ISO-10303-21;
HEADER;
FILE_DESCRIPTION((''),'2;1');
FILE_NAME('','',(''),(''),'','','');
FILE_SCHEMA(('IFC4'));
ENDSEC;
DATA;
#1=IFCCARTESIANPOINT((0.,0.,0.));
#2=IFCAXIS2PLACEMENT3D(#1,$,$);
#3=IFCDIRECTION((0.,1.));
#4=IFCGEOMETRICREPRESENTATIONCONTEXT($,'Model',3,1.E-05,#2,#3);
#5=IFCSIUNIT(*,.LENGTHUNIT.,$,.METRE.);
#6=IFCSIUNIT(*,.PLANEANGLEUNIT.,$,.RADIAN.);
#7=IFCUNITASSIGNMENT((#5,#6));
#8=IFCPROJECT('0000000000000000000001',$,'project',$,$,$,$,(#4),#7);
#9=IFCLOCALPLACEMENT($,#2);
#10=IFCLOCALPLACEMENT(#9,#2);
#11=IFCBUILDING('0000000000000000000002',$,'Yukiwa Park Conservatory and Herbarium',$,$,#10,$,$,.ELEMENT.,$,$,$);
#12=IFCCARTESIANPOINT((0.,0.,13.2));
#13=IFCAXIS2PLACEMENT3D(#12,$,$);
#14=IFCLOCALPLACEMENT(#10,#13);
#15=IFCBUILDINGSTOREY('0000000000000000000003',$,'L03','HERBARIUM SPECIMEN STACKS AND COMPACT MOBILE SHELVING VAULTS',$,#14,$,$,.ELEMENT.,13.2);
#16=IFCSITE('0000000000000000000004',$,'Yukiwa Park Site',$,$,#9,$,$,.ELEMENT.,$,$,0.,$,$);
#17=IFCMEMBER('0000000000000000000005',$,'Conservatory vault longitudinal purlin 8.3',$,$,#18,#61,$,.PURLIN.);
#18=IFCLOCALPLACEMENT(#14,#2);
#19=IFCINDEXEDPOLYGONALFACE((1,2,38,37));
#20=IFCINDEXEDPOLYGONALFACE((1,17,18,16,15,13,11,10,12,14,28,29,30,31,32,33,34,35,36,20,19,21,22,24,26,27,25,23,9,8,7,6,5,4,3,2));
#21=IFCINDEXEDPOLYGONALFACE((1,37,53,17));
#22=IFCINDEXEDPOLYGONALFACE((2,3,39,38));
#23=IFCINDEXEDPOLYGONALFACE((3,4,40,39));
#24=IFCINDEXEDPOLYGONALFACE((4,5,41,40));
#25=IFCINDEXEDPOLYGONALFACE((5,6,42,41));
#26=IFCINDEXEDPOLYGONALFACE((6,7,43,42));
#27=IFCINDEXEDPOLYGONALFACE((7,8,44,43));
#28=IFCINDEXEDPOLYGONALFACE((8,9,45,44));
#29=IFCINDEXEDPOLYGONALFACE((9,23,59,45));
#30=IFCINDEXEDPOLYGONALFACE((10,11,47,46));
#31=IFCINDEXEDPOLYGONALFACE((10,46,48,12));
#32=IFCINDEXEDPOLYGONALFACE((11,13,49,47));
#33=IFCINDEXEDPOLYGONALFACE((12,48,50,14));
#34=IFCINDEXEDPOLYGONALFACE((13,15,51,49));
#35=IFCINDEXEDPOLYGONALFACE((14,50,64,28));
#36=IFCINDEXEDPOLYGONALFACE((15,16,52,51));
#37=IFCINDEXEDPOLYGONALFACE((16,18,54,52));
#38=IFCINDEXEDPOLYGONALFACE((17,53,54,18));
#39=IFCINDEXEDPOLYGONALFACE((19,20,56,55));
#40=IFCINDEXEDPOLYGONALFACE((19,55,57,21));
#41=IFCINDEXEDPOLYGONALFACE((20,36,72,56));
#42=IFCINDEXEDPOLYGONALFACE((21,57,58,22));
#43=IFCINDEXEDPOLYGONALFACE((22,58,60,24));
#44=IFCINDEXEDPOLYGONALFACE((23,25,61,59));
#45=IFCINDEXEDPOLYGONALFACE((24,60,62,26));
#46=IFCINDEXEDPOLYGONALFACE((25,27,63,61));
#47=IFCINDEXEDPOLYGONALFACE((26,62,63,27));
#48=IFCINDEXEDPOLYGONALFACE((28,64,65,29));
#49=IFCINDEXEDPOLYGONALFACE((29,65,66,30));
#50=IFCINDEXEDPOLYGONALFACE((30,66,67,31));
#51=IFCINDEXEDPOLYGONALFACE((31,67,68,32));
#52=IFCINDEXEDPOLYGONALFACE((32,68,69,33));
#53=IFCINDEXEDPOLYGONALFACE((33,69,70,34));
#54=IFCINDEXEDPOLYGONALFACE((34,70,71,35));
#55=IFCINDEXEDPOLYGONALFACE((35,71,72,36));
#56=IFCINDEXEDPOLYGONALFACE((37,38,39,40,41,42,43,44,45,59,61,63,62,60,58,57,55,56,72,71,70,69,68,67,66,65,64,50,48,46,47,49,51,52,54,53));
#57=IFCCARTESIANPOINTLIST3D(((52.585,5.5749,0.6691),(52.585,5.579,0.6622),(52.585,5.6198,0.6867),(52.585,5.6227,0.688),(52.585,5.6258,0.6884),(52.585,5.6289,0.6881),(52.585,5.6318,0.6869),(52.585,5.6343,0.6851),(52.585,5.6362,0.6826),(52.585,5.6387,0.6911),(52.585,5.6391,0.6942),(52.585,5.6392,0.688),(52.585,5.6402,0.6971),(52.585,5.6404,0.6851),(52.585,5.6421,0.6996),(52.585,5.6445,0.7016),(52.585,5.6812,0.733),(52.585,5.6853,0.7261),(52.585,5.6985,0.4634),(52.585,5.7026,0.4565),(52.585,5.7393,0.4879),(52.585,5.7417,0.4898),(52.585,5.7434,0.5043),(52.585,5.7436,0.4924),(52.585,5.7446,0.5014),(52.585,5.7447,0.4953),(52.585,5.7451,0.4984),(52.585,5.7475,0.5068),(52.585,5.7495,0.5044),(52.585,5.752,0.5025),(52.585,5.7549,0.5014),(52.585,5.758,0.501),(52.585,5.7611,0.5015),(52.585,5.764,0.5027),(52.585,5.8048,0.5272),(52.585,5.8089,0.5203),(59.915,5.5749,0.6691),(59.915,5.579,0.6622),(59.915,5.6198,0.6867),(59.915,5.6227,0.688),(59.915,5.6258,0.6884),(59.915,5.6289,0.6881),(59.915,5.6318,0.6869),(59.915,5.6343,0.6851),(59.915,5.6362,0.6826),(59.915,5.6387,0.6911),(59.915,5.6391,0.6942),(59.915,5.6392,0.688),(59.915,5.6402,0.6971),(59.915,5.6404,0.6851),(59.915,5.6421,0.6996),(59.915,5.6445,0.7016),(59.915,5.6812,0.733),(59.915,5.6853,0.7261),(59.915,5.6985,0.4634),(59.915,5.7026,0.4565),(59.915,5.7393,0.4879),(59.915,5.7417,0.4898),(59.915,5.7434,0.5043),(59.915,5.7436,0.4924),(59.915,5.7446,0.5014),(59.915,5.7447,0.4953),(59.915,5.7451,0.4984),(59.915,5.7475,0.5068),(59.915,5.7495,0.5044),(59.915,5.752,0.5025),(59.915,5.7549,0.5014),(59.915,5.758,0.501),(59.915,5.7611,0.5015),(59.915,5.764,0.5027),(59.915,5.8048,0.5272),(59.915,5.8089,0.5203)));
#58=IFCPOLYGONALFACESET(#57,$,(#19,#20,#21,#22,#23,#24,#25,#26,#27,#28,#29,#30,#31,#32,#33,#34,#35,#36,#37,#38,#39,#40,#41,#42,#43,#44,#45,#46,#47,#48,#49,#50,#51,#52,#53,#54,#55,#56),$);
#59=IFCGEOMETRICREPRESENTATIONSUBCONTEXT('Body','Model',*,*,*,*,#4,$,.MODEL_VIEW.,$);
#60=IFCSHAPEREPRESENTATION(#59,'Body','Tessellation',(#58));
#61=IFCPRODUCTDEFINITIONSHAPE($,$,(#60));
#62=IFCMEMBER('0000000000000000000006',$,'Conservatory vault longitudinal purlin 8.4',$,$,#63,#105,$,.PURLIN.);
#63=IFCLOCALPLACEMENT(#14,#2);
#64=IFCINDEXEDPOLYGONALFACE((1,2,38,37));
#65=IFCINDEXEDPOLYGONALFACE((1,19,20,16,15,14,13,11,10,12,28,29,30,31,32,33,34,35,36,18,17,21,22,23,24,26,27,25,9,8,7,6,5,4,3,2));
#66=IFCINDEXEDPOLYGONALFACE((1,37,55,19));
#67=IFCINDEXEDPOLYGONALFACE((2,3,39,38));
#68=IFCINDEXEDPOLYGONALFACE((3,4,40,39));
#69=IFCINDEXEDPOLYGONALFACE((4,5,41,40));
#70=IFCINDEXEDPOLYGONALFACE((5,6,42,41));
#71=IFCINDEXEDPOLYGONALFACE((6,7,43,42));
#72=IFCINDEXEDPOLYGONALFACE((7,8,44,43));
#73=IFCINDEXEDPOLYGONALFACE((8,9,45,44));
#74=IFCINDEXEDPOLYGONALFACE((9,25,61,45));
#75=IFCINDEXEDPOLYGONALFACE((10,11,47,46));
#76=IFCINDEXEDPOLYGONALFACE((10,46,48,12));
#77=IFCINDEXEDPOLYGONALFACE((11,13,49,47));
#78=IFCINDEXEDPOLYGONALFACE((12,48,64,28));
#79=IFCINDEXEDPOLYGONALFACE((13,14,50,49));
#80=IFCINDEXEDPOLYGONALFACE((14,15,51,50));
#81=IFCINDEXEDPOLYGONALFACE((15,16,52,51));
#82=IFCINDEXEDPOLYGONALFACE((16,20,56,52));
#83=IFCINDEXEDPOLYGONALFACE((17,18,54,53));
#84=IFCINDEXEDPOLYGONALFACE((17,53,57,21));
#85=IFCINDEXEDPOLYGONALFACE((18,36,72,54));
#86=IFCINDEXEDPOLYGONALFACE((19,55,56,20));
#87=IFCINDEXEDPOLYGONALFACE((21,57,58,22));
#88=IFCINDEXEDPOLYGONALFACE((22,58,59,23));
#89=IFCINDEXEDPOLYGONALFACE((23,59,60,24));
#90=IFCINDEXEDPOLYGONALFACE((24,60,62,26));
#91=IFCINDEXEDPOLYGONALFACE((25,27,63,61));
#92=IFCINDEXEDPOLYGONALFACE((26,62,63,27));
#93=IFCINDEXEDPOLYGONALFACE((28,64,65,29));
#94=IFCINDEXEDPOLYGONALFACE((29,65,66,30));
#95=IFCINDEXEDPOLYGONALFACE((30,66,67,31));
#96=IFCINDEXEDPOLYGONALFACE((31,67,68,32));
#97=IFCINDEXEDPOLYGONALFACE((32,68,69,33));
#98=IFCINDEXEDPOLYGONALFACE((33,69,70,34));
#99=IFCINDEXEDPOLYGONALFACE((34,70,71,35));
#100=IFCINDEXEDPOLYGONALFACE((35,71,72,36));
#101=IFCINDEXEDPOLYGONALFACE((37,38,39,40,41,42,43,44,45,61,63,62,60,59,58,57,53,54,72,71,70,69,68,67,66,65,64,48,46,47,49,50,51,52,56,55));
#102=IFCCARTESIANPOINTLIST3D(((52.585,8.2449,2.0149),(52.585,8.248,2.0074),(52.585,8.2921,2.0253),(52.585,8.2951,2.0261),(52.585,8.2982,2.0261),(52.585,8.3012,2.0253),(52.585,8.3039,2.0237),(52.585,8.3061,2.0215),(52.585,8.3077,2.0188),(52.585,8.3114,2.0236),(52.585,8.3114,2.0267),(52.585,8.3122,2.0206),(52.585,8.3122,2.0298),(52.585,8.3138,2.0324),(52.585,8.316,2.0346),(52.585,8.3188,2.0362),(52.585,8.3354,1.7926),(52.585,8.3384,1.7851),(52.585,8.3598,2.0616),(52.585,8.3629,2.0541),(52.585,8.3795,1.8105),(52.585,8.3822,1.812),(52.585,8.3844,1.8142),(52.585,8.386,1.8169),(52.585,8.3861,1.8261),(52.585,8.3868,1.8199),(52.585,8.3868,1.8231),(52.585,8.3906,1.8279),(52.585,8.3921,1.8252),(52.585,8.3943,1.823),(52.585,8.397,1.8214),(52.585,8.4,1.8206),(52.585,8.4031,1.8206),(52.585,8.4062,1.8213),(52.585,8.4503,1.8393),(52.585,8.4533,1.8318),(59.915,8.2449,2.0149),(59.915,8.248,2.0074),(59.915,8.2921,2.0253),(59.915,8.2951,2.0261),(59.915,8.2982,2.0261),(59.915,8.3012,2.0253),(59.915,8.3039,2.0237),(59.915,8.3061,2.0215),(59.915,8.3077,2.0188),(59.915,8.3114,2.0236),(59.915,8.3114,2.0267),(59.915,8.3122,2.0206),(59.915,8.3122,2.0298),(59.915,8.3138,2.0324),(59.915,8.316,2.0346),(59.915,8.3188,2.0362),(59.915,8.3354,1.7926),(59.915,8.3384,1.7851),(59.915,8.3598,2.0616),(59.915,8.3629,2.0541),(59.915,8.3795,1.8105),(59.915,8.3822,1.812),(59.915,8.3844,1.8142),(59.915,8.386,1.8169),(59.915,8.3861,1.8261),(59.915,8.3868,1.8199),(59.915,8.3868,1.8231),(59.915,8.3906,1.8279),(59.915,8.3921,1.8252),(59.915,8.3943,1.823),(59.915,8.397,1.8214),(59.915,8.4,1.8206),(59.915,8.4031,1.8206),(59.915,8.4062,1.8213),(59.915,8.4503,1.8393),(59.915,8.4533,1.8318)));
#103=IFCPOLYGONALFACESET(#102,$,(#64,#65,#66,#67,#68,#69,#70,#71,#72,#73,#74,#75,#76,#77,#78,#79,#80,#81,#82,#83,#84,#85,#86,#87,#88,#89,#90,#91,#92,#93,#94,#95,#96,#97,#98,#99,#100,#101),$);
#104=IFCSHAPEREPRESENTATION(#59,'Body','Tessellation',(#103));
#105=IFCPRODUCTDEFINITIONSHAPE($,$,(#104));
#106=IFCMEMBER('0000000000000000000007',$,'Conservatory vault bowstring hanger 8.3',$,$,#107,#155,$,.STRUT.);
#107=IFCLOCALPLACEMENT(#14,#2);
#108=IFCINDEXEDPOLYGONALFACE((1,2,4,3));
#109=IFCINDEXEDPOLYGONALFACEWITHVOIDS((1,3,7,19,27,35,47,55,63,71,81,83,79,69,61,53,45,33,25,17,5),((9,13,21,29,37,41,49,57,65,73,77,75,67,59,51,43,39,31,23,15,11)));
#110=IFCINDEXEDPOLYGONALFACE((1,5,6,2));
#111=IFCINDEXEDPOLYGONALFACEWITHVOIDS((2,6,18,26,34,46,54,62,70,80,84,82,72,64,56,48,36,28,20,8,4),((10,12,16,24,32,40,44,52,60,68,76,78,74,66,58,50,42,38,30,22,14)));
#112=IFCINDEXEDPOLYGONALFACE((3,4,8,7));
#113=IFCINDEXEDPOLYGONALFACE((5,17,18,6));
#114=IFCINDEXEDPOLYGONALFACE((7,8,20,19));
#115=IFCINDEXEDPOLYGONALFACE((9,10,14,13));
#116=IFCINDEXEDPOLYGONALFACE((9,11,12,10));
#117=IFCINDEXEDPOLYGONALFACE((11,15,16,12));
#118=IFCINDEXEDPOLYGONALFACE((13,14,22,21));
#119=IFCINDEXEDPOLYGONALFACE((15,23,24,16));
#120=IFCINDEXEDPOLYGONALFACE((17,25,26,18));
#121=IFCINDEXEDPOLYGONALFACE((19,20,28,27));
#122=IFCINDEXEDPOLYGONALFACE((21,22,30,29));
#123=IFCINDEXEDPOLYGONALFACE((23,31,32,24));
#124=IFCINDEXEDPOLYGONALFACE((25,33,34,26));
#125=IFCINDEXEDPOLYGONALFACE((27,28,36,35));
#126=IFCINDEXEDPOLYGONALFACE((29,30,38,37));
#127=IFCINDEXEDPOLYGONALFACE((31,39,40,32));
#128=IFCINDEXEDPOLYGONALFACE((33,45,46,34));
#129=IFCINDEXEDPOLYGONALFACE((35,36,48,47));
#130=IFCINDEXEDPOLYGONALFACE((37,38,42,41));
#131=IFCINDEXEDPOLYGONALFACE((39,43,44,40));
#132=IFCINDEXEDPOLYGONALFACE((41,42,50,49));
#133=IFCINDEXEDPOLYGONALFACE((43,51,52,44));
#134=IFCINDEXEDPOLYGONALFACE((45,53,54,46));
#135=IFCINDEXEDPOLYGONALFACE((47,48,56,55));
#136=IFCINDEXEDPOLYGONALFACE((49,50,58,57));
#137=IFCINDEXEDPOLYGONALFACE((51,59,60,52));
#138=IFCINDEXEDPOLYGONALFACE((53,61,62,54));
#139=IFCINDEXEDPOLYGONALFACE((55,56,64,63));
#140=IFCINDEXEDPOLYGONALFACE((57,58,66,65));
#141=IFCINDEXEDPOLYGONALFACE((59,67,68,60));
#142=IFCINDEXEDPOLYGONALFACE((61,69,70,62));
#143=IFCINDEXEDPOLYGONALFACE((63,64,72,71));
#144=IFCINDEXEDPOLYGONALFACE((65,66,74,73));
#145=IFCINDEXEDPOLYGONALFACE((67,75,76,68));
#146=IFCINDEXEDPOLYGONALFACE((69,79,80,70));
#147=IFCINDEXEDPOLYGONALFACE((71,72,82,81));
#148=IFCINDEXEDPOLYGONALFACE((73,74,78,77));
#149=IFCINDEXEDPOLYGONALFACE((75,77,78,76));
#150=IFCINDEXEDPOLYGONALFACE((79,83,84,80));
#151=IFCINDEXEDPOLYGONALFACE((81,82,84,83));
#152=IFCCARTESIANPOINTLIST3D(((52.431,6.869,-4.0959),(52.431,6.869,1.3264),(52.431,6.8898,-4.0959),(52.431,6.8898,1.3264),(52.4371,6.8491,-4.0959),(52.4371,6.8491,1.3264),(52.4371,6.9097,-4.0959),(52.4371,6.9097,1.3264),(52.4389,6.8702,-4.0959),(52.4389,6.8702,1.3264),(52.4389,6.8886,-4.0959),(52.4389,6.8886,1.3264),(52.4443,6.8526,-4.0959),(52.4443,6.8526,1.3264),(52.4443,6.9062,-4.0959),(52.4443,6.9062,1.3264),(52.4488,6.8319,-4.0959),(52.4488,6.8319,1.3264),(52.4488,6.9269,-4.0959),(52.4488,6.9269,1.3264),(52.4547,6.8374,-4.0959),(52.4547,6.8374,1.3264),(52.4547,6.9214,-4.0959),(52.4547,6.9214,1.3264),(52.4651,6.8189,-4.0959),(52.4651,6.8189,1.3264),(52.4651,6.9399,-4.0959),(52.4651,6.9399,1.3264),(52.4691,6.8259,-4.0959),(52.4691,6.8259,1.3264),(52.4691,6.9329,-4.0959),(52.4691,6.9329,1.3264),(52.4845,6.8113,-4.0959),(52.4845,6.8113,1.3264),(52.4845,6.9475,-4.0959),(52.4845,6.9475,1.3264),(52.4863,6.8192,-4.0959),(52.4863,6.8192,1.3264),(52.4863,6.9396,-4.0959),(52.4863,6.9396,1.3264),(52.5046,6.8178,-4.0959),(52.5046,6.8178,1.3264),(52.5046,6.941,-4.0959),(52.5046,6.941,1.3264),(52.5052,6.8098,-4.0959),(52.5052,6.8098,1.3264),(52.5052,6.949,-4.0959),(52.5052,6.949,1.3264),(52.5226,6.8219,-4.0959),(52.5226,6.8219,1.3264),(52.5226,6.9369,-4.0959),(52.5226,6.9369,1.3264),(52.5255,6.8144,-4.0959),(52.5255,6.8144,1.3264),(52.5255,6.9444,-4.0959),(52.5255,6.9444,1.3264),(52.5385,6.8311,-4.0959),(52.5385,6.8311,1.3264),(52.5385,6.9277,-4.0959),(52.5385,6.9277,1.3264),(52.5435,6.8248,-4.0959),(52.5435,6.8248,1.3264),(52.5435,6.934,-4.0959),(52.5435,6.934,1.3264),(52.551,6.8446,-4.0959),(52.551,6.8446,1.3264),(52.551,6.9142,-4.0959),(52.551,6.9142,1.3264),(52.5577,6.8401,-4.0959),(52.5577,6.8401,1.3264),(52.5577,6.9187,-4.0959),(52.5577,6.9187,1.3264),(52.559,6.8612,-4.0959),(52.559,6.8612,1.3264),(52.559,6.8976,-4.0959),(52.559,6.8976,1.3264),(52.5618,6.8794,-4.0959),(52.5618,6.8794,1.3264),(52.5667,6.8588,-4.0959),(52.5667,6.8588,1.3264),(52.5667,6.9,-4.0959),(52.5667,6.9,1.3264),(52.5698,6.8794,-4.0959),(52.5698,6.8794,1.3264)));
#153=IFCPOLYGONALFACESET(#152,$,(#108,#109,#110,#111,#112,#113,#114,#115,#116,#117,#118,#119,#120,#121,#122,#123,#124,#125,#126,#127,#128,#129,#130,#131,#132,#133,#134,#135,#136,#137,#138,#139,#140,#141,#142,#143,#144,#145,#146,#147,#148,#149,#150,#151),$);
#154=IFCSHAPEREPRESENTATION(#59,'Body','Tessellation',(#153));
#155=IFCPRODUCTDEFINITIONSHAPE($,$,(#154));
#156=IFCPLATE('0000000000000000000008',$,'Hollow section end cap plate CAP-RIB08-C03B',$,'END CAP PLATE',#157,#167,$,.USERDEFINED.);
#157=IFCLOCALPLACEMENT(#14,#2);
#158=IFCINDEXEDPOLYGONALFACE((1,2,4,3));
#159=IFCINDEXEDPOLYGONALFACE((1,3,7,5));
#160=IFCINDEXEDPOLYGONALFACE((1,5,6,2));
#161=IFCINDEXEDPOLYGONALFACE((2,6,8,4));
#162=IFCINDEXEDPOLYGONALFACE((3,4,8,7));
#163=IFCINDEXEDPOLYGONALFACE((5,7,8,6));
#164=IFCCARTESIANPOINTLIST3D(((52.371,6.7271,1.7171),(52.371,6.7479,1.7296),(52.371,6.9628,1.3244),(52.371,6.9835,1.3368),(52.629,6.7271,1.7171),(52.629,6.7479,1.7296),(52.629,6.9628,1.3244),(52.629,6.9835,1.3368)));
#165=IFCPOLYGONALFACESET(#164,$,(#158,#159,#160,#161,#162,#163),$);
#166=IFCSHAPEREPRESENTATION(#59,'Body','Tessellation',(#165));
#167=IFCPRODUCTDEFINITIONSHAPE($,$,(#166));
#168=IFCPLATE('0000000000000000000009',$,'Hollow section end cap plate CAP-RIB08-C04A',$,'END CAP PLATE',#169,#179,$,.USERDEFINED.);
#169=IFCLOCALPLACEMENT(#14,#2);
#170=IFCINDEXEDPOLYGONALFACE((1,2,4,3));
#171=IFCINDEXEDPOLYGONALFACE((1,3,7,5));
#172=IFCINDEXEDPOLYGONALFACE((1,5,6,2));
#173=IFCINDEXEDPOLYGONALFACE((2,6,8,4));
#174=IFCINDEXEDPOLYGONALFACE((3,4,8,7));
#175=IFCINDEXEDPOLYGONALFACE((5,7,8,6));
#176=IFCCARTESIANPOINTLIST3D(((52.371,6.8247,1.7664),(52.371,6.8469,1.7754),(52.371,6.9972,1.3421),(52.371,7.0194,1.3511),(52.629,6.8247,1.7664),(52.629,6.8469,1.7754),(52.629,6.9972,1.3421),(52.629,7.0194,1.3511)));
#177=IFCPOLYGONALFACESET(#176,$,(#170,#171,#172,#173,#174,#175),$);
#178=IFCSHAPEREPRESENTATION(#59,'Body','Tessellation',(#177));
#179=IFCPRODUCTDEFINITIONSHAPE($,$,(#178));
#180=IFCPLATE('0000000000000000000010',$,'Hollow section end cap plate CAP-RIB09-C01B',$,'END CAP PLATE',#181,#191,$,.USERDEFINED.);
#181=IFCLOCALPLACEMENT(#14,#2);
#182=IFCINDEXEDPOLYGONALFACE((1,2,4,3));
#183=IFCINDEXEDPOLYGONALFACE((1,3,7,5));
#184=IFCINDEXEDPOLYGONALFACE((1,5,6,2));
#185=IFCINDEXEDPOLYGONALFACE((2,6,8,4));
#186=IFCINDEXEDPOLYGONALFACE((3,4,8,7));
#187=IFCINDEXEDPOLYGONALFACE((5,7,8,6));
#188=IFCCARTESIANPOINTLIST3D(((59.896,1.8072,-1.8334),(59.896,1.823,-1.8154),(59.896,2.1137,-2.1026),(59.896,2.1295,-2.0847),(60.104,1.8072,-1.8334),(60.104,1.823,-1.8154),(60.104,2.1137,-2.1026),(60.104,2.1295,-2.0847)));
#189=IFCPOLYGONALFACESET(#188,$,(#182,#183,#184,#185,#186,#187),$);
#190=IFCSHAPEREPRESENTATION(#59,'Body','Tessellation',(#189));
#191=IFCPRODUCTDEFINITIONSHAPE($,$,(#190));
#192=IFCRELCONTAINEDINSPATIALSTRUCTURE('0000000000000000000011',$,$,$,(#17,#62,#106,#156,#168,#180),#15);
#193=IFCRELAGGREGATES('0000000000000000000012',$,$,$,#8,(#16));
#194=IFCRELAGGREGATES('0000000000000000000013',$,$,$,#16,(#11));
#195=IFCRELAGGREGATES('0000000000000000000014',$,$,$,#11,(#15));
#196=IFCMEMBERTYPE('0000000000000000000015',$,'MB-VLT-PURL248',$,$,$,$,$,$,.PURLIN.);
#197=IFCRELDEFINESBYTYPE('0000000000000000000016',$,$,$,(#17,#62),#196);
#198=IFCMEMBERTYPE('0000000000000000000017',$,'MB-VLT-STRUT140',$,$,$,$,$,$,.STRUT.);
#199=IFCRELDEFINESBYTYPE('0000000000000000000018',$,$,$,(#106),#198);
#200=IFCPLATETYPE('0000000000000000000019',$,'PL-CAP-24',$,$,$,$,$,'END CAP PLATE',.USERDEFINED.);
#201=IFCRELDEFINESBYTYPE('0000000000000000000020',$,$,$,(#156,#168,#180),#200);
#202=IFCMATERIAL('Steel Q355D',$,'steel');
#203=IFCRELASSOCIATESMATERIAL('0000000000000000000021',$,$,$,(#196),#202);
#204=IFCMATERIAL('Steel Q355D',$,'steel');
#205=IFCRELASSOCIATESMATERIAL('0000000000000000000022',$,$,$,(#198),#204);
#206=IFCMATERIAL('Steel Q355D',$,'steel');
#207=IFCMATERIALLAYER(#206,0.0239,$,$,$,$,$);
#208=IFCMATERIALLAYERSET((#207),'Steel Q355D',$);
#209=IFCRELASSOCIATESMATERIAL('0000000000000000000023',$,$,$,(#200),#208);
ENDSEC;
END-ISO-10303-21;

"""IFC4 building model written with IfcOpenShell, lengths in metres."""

from ifc_helpers import new_model, si_unit, direction, frame, origin, origin_2d, place, context, subcontext, project, spatial, rectangle, hollow_circle, i_section, extrude, material, layer, layer_set, material_profile, profile_set, type_object, element, save


model = new_model("IFC4")

# Units and contexts
model_context = context("Model", 3, precision=1e-05, world=origin(), true_north=direction((0.0, 1.0)))
body_context = subcontext(model_context, "Body", "Model", "MODEL_VIEW")
ifc_project = project(units=[si_unit("LENGTHUNIT", "METRE"), si_unit("PLANEANGLEUNIT", "RADIAN")], contexts=[model_context])

# Site, building, storey
site_placement = place(None, origin())
site = spatial("IfcSite", under=ifc_project, at=site_placement, Name="Yukiwa Park Site", CompositionType="ELEMENT", RefElevation=0.0)
building_placement = place(site_placement, origin())
building = spatial("IfcBuilding", under=site, at=building_placement, Name="Yukiwa Park Conservatory and Herbarium", CompositionType="ELEMENT")
storey_placement = place(building_placement, frame((0.0, 0.0, 13.2)))
storey = spatial("IfcBuildingStorey", under=building, at=storey_placement, Name="L03", Description="HERBARIUM SPECIMEN STACKS AND COMPACT MOBILE SHELVING VAULTS", CompositionType="ELEMENT", Elevation=13.2)

# Members
ifc_material_1 = material(Name="Steel Q355D", Category="steel")
ifc_material_profile_1 = material_profile(ifc_material_1, i_section(OverallWidth=0.124, OverallDepth=0.248, WebThickness=0.0049, FlangeThickness=0.0081, FilletRadius=0.012, at=origin_2d()), Name="HN 248x124x5x8")
ifc_profile_set_1 = profile_set([ifc_material_profile_1], Name="Steel Q355D")
member_type_1 = type_object("IfcMemberType", Name="MB-VLT-PURL248", PredefinedType="PURLIN", material=ifc_profile_set_1)
for number, where, z_axis, x_axis, name in (
    (1, (52.585, 5.6919, 0.5947), (1.0, 0.0, 0.0), (0.0, 0.857234, 0.514927), "Conservatory vault longitudinal purlin 8.3"),
    (2, (52.585, 8.3491, 1.9233), (1.0, 0.0, 0.0), (0.0, 0.926282, 0.376831), "Conservatory vault longitudinal purlin 8.4"),
):
    element("IfcMember", number, at=place(storey_placement, frame(where, z_axis=z_axis, x_axis=x_axis)), inside=storey, type_object=member_type_1, Name=name, PredefinedType="PURLIN", context=body_context, shape_type="SweptSolid", body=[
        extrude(i_section(OverallWidth=0.124, OverallDepth=0.248, WebThickness=0.0049, FlangeThickness=0.0081, FilletRadius=0.012, at=origin_2d()), origin(), (0.0, 0.0, 1.0), 7.3301),
    ])
ifc_material_2 = material(Name="Steel Q355D", Category="steel")
ifc_material_profile_2 = material_profile(ifc_material_2, hollow_circle(Radius=0.0698, WallThickness=0.0081, at=origin_2d()), Name="CHS 139.7x8")
ifc_profile_set_2 = profile_set([ifc_material_profile_2], Name="Steel Q355D")
member_type_2 = type_object("IfcMemberType", Name="MB-VLT-STRUT140", PredefinedType="STRUT", material=ifc_profile_set_2)
member_placement = place(storey_placement, frame((52.5, 6.8794, -4.0959), z_axis=(0.0, 0.0, 1.0), x_axis=(1.0, 0.0, 0.0)))
element("IfcMember", 3, at=member_placement, inside=storey, type_object=member_type_2, Name="Conservatory vault bowstring hanger 8.3", PredefinedType="STRUT", context=body_context, shape_type="SweptSolid", body=[
    extrude(hollow_circle(Radius=0.0698, WallThickness=0.0081, at=origin_2d()), origin(), (0.0, 0.0, 1.0), 5.4224),
])

# Plates
ifc_material_3 = material(Name="Steel Q355D", Category="steel")
ifc_layer_1 = layer(ifc_material_3, 0.0239)
ifc_layer_set_1 = layer_set([ifc_layer_1], Name="Steel Q355D")
plate_type_1 = type_object("IfcPlateType", Name="PL-CAP-24", ElementType="END CAP PLATE", PredefinedType="USERDEFINED", material=ifc_layer_set_1)
plate_1_placement = place(storey_placement, frame((52.5, 6.845, 1.5208), z_axis=(0.0, 0.857493, 0.514496), x_axis=(-1.0, 0.0, 0.0)))
element("IfcPlate", 4, at=plate_1_placement, inside=storey, type_object=plate_type_1, Name="Hollow section end cap plate CAP-RIB08-C03B", ObjectType="END CAP PLATE", PredefinedType="USERDEFINED", context=body_context, shape_type="SweptSolid", body=[
    extrude(rectangle(XDim=0.2581, YDim=0.458, at=origin_2d()), origin(), (0.0, 0.0, 1.0), 0.0242),
])
plate_2_placement = place(storey_placement, frame((52.5, 6.9331, 1.5632), z_axis=(0.0, -0.926356, -0.37665), x_axis=(1.0, 0.0, 0.0)))
element("IfcPlate", 5, at=plate_2_placement, inside=storey, type_object=plate_type_1, Name="Hollow section end cap plate CAP-RIB08-C04A", ObjectType="END CAP PLATE", PredefinedType="USERDEFINED", context=body_context, shape_type="SweptSolid", body=[
    extrude(rectangle(XDim=0.2581, YDim=0.458, at=origin_2d()), origin(), (0.0, 0.0, 1.0), 0.0239),
])
for number, where, z_axis, x_axis, name in (
    (6, (60.0, 1.9604, -1.968), (0.0, 0.659941, 0.751317), (-1.0, 0.0, 0.0), "Hollow section end cap plate CAP-RIB09-C01B"),
):
    element("IfcPlate", number, at=place(storey_placement, frame(where, z_axis=z_axis, x_axis=x_axis)), inside=storey, type_object=plate_type_1, Name=name, ObjectType="END CAP PLATE", PredefinedType="USERDEFINED", context=body_context, shape_type="SweptSolid", body=[
        extrude(rectangle(XDim=0.208, YDim=0.408, at=origin_2d()), origin(), (0.0, 0.0, 1.0), 0.0239),
    ])

save(model, "model.ifc")
